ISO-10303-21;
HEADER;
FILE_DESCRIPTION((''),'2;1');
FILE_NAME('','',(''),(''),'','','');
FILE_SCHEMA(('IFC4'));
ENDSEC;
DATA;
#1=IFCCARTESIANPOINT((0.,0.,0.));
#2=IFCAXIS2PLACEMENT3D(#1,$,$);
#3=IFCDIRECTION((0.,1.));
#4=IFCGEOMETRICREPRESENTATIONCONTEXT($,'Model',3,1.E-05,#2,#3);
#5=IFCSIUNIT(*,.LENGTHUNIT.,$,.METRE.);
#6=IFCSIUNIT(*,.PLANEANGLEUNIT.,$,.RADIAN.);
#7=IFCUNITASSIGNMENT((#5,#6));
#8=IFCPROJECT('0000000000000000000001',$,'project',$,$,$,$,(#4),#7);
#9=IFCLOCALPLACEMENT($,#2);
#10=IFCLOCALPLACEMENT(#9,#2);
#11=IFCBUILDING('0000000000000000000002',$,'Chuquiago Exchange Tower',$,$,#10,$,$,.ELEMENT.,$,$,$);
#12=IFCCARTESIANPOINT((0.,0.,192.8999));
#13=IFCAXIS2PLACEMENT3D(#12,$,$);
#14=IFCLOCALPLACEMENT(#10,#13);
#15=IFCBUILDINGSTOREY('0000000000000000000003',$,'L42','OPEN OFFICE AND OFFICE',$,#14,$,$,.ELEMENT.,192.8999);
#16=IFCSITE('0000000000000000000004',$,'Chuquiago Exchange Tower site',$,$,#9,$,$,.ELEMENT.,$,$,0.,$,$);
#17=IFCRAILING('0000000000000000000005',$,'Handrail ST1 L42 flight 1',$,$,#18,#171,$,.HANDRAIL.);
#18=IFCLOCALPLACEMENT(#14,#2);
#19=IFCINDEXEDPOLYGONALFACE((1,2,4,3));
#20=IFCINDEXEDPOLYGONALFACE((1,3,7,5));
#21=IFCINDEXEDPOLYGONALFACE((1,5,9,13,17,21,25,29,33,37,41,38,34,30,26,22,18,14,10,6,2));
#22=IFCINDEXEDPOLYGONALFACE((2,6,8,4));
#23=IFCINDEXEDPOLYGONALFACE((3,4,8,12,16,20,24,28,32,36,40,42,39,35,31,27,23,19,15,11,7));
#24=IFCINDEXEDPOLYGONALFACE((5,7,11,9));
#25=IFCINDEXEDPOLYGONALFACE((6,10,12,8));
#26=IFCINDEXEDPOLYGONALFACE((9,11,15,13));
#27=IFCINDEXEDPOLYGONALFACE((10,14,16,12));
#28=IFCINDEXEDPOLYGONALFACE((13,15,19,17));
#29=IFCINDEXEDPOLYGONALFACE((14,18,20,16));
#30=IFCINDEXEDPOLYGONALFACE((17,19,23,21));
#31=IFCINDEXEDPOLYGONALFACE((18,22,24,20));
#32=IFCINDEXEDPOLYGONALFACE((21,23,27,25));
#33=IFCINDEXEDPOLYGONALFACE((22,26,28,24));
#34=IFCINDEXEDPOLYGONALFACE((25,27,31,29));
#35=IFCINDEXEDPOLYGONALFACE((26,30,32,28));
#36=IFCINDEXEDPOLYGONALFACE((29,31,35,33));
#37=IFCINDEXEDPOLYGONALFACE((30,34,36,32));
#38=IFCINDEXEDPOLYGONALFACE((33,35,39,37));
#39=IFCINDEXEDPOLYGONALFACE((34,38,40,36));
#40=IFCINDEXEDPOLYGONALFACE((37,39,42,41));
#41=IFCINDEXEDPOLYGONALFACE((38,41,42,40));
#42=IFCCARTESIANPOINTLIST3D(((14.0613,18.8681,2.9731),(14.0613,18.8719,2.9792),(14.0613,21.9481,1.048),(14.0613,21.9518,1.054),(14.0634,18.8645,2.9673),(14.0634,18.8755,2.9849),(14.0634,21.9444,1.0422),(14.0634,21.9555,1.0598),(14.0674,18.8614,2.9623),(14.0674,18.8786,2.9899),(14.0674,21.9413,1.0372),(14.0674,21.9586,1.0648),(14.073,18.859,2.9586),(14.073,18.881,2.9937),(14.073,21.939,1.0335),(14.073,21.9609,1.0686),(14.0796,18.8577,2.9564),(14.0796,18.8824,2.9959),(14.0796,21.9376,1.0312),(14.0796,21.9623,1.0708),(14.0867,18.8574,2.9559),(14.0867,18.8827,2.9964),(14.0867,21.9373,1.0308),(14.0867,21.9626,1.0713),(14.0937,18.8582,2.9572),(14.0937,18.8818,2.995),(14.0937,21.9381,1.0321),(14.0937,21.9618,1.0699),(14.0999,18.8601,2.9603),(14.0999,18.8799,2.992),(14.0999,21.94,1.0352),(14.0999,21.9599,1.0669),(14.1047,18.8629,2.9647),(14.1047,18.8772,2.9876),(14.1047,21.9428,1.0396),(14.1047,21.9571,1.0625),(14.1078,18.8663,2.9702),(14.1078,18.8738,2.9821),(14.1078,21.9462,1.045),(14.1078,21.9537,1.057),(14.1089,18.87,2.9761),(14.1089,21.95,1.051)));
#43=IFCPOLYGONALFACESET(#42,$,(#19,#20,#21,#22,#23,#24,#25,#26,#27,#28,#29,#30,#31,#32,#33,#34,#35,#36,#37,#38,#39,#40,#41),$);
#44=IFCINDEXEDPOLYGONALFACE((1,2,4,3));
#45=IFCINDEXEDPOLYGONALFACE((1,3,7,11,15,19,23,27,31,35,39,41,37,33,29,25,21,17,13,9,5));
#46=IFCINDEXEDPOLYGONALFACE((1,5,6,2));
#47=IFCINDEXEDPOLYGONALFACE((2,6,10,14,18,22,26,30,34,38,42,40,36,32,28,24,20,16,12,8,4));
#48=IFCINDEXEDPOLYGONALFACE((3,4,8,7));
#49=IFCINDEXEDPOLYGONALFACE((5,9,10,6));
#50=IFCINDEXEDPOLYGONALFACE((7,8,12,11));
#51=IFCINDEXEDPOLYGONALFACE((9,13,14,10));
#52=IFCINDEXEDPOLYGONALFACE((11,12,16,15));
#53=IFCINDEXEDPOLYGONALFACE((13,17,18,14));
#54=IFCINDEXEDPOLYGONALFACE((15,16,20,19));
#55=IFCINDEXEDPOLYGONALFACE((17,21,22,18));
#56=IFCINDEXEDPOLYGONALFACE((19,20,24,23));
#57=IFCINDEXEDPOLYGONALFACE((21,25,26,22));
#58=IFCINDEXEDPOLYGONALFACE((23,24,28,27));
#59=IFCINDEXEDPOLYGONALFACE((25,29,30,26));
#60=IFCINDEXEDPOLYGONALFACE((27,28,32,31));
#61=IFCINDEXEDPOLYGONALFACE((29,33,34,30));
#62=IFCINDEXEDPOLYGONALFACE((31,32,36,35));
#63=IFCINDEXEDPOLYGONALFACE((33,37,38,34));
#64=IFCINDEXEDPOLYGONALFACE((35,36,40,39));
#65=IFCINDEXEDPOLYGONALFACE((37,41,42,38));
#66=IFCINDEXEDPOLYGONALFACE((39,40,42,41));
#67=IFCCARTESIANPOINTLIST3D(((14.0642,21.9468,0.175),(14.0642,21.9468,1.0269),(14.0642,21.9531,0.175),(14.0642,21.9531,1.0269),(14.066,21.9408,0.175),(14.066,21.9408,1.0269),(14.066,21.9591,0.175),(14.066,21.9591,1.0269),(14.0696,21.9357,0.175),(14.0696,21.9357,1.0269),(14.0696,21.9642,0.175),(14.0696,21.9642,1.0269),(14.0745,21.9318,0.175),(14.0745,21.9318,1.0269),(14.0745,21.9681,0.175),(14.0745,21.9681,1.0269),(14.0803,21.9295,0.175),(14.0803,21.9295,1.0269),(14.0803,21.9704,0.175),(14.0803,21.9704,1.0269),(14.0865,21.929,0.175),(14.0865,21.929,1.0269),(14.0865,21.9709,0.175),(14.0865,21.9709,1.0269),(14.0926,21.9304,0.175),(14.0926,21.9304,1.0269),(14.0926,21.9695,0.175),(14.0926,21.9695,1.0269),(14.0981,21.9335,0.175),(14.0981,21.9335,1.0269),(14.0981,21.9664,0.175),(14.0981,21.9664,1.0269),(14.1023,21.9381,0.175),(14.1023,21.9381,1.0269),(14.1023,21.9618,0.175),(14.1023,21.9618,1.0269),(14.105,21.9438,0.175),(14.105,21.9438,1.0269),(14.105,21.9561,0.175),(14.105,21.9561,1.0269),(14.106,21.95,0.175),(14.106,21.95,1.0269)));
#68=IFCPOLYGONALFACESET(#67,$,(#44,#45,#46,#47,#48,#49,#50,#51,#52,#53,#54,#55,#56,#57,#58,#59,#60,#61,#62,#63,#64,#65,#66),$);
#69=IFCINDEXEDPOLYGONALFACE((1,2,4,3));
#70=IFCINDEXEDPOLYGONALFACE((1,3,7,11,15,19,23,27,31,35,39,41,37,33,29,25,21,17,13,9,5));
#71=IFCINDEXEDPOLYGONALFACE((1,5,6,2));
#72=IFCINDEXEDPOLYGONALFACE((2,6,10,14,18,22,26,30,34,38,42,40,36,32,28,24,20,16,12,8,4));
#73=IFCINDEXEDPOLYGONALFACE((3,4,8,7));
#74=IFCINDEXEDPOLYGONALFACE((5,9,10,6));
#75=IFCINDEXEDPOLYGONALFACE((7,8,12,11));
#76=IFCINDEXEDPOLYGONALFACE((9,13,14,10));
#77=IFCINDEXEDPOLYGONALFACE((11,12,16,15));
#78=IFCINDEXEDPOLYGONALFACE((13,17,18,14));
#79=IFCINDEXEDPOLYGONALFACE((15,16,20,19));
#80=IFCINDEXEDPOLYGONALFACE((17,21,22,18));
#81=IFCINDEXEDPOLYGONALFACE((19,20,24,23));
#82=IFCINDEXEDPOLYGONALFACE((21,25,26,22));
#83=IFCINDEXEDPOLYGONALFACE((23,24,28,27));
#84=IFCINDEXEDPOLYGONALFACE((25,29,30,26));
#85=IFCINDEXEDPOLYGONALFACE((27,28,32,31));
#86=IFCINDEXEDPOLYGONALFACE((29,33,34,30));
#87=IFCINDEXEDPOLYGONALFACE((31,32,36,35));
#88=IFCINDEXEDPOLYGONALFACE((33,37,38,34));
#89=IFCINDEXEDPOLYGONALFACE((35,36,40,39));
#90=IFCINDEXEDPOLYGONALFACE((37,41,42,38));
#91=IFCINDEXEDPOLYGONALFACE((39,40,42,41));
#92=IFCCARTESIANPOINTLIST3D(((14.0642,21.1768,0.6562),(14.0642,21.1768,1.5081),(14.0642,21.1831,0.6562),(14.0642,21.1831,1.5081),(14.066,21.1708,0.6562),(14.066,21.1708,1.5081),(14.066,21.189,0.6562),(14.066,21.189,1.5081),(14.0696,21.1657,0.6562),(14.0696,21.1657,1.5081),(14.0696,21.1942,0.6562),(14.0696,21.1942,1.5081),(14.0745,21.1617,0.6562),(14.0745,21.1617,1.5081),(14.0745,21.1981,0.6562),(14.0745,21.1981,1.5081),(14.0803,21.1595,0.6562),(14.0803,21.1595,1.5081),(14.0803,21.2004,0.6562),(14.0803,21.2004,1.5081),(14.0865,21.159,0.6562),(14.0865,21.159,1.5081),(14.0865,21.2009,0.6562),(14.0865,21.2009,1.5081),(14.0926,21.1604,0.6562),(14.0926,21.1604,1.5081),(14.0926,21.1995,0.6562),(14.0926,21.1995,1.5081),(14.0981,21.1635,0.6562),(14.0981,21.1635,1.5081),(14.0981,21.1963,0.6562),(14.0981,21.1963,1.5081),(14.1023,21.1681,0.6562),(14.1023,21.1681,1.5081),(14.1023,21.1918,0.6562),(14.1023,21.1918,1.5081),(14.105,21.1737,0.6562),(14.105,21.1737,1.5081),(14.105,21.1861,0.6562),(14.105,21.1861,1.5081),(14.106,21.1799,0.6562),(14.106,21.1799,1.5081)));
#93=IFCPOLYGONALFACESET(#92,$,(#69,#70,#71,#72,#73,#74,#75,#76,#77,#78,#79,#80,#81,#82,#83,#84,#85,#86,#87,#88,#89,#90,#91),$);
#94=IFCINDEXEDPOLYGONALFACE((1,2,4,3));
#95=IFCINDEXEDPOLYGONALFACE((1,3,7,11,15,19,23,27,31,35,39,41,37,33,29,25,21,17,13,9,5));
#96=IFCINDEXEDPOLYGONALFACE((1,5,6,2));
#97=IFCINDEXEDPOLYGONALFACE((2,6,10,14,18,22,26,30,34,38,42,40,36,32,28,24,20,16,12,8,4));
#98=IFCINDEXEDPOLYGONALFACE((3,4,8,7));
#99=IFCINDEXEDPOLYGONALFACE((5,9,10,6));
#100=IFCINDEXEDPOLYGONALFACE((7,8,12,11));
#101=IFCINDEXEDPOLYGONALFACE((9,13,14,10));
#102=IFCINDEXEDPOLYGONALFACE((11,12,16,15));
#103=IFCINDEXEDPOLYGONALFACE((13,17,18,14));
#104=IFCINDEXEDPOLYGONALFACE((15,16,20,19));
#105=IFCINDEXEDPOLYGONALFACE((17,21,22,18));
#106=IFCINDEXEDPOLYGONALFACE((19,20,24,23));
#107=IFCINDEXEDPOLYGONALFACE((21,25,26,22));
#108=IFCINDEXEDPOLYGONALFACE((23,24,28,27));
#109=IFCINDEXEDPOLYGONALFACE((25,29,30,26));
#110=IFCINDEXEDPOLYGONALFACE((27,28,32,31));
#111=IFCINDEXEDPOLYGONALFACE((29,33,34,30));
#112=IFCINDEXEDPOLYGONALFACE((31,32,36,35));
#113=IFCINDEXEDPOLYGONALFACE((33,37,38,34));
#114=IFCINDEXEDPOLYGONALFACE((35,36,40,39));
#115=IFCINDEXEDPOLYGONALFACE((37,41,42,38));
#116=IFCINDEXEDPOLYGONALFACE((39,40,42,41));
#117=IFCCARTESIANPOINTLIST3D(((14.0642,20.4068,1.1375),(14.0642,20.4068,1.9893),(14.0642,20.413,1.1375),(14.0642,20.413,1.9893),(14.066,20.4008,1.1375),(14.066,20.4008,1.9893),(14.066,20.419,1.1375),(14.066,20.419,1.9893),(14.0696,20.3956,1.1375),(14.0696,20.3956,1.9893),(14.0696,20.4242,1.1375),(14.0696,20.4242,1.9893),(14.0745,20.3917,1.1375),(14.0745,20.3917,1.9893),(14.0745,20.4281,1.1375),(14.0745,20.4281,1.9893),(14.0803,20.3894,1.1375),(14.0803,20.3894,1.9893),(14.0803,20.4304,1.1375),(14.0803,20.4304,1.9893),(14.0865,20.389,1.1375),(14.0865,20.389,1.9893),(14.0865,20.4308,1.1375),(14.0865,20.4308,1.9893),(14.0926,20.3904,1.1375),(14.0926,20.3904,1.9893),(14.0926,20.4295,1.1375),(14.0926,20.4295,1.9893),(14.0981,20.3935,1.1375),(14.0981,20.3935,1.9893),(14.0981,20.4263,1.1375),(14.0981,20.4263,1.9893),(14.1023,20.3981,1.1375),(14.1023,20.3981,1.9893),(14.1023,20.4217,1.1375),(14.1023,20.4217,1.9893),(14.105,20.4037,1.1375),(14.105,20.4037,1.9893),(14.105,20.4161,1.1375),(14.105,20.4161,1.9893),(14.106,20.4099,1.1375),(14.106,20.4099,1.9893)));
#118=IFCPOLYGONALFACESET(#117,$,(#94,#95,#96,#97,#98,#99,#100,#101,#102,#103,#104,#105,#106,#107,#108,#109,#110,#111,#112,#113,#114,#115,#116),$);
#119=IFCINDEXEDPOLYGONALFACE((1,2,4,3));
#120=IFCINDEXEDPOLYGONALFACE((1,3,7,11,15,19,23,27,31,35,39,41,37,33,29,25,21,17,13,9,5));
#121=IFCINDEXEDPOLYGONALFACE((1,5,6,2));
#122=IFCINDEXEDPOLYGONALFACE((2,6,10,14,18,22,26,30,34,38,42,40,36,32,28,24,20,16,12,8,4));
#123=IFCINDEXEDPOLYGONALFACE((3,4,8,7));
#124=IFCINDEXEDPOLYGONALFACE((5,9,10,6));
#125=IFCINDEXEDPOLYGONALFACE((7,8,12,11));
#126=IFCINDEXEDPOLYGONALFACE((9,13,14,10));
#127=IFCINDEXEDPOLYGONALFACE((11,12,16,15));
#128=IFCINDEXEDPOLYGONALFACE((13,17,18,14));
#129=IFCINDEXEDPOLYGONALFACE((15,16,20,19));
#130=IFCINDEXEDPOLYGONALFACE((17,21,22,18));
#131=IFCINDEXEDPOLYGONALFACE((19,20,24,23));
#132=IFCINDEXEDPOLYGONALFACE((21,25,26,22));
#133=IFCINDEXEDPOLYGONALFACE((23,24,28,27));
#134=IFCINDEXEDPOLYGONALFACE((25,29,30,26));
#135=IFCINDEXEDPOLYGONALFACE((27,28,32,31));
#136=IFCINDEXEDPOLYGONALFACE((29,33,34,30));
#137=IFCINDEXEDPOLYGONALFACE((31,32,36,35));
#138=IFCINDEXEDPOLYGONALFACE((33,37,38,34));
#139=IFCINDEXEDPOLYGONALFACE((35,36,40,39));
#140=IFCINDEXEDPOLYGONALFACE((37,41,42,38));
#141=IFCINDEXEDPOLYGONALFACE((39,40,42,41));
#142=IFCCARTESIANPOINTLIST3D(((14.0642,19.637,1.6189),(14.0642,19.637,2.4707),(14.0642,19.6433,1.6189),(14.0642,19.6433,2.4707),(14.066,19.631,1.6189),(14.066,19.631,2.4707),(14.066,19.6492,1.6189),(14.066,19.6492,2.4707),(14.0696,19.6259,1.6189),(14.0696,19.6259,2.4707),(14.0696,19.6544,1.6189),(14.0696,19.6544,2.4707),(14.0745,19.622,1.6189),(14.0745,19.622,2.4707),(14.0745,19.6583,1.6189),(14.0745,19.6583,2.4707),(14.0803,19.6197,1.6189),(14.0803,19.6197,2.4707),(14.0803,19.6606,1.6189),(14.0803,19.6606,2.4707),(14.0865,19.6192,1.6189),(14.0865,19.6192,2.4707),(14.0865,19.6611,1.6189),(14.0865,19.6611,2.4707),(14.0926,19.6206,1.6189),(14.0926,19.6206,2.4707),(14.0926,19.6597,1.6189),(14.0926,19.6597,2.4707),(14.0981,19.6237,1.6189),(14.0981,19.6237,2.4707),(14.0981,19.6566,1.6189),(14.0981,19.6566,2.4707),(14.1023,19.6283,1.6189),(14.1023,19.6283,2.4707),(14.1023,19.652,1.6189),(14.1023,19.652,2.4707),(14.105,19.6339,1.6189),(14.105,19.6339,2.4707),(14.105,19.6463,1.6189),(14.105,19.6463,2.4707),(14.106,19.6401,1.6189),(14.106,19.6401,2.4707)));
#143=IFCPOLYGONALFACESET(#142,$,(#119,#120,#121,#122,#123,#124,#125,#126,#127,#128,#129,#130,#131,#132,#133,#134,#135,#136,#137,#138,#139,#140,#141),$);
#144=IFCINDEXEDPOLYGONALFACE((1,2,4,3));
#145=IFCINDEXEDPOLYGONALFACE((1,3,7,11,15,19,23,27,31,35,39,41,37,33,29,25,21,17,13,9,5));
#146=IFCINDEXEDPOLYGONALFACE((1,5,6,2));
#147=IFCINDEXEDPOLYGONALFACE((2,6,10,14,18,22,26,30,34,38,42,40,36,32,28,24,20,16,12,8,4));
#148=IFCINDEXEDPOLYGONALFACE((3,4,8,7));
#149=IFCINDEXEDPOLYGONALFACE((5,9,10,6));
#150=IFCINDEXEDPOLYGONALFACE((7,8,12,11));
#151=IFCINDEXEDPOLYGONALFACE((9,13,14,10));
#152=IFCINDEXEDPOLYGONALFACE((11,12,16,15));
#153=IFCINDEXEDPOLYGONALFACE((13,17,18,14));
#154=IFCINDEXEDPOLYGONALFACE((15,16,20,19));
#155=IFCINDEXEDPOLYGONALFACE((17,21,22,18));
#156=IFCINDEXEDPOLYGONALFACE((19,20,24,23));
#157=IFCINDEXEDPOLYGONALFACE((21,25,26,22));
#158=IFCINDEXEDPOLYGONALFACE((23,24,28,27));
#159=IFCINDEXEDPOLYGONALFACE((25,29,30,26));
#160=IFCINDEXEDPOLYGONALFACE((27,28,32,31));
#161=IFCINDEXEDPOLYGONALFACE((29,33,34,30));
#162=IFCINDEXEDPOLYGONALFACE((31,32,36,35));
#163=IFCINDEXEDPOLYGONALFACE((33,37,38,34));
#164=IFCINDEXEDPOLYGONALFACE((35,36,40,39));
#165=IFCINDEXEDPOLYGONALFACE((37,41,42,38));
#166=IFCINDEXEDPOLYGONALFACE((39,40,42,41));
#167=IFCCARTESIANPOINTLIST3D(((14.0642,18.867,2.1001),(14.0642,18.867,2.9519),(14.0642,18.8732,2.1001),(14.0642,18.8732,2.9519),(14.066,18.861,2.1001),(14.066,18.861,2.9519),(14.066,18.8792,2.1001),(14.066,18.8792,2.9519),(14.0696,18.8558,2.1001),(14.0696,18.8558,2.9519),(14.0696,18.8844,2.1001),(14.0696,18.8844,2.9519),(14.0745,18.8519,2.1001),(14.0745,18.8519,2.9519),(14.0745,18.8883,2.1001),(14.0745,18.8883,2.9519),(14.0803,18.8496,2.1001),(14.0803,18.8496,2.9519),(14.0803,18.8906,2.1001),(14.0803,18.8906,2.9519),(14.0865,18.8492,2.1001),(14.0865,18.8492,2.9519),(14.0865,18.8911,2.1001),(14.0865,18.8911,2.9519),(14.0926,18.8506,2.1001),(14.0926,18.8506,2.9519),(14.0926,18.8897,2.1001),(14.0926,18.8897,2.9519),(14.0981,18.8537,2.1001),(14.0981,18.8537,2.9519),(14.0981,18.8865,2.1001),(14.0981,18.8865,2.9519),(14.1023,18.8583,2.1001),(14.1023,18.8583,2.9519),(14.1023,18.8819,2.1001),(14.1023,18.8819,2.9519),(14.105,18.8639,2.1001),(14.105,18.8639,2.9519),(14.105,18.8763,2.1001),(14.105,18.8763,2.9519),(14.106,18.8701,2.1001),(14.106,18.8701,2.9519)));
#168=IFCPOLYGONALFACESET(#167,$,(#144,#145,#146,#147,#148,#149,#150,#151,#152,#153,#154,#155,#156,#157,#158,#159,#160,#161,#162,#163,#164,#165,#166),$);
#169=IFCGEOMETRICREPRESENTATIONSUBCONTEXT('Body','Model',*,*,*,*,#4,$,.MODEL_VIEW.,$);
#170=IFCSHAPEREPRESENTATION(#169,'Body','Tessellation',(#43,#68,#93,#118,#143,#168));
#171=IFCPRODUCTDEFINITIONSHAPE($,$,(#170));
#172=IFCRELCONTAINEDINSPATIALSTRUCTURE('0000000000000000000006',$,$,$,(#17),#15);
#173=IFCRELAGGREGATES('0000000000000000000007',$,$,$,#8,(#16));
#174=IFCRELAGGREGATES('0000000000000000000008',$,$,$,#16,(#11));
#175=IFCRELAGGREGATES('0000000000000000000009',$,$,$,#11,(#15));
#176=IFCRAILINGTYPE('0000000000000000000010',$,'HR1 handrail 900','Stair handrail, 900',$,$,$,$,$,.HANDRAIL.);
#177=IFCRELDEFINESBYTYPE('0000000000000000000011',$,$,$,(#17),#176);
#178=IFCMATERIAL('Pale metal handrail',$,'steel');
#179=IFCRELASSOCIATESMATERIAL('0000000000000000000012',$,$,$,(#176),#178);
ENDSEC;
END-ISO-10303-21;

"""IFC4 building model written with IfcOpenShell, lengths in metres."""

from ifc_helpers import new_model, si_unit, direction, frame, origin, origin_2d, place, context, subcontext, project, spatial, circle, extrude, material, type_object, element, save


model = new_model("IFC4")

# Units and contexts
model_context = context("Model", 3, precision=1e-05, world=origin(), true_north=direction((0.0, 1.0)))
body_context = subcontext(model_context, "Body", "Model", "MODEL_VIEW")
ifc_project = project(units=[si_unit("LENGTHUNIT", "METRE"), si_unit("PLANEANGLEUNIT", "RADIAN")], contexts=[model_context])

# Site, building, storey
site_placement = place(None, origin())
site = spatial("IfcSite", under=ifc_project, at=site_placement, Name="Chuquiago Exchange Tower site", CompositionType="ELEMENT", RefElevation=0.0)
building_placement = place(site_placement, origin())
building = spatial("IfcBuilding", under=site, at=building_placement, Name="Chuquiago Exchange Tower", CompositionType="ELEMENT")
storey_placement = place(building_placement, frame((0.0, 0.0, 192.8999)))
storey = spatial("IfcBuildingStorey", under=building, at=storey_placement, Name="L42", Description="OPEN OFFICE AND OFFICE", CompositionType="ELEMENT", Elevation=192.8999)

# Railing
ifc_material_1 = material(Name="Pale metal handrail", Category="steel")
railing_type_1 = type_object("IfcRailingType", Name="HR1 handrail 900", Description="Stair handrail, 900", PredefinedType="HANDRAIL", material=ifc_material_1)
for number, where, name in (
    (1, (14.085, 21.95, 0.175), "Handrail ST1 L42 flight 1"),
):
    element("IfcRailing", number, at=place(storey_placement, frame(where)), inside=storey, type_object=railing_type_1, Name=name, PredefinedType="HANDRAIL", context=body_context, shape_type="SweptSolid", body=[
        extrude(circle(Radius=0.0239, at=origin_2d()), frame((0.0, 0.0, 0.876), z_axis=(0.0, -0.847979, 0.530029), x_axis=(1.0, 0.0, 0.0)), (0.0, 0.0, 1.0), 3.6321),
        extrude(circle(Radius=0.021, at=origin_2d()), origin(), (0.0, 0.0, 1.0), 0.8518),
        extrude(circle(Radius=0.021, at=origin_2d()), frame((0.0, -0.77, 0.4812)), (0.0, 0.0, 1.0), 0.8518),
        extrude(circle(Radius=0.021, at=origin_2d()), frame((0.0, -1.54, 0.9624)), (0.0, 0.0, 1.0), 0.8518),
        extrude(circle(Radius=0.021, at=origin_2d()), frame((0.0, -2.3098, 1.4438)), (0.0, 0.0, 1.0), 0.8518),
        extrude(circle(Radius=0.021, at=origin_2d()), frame((0.0, -3.0798, 1.925)), (0.0, 0.0, 1.0), 0.8518),
    ])

save(model, "model.ifc")
